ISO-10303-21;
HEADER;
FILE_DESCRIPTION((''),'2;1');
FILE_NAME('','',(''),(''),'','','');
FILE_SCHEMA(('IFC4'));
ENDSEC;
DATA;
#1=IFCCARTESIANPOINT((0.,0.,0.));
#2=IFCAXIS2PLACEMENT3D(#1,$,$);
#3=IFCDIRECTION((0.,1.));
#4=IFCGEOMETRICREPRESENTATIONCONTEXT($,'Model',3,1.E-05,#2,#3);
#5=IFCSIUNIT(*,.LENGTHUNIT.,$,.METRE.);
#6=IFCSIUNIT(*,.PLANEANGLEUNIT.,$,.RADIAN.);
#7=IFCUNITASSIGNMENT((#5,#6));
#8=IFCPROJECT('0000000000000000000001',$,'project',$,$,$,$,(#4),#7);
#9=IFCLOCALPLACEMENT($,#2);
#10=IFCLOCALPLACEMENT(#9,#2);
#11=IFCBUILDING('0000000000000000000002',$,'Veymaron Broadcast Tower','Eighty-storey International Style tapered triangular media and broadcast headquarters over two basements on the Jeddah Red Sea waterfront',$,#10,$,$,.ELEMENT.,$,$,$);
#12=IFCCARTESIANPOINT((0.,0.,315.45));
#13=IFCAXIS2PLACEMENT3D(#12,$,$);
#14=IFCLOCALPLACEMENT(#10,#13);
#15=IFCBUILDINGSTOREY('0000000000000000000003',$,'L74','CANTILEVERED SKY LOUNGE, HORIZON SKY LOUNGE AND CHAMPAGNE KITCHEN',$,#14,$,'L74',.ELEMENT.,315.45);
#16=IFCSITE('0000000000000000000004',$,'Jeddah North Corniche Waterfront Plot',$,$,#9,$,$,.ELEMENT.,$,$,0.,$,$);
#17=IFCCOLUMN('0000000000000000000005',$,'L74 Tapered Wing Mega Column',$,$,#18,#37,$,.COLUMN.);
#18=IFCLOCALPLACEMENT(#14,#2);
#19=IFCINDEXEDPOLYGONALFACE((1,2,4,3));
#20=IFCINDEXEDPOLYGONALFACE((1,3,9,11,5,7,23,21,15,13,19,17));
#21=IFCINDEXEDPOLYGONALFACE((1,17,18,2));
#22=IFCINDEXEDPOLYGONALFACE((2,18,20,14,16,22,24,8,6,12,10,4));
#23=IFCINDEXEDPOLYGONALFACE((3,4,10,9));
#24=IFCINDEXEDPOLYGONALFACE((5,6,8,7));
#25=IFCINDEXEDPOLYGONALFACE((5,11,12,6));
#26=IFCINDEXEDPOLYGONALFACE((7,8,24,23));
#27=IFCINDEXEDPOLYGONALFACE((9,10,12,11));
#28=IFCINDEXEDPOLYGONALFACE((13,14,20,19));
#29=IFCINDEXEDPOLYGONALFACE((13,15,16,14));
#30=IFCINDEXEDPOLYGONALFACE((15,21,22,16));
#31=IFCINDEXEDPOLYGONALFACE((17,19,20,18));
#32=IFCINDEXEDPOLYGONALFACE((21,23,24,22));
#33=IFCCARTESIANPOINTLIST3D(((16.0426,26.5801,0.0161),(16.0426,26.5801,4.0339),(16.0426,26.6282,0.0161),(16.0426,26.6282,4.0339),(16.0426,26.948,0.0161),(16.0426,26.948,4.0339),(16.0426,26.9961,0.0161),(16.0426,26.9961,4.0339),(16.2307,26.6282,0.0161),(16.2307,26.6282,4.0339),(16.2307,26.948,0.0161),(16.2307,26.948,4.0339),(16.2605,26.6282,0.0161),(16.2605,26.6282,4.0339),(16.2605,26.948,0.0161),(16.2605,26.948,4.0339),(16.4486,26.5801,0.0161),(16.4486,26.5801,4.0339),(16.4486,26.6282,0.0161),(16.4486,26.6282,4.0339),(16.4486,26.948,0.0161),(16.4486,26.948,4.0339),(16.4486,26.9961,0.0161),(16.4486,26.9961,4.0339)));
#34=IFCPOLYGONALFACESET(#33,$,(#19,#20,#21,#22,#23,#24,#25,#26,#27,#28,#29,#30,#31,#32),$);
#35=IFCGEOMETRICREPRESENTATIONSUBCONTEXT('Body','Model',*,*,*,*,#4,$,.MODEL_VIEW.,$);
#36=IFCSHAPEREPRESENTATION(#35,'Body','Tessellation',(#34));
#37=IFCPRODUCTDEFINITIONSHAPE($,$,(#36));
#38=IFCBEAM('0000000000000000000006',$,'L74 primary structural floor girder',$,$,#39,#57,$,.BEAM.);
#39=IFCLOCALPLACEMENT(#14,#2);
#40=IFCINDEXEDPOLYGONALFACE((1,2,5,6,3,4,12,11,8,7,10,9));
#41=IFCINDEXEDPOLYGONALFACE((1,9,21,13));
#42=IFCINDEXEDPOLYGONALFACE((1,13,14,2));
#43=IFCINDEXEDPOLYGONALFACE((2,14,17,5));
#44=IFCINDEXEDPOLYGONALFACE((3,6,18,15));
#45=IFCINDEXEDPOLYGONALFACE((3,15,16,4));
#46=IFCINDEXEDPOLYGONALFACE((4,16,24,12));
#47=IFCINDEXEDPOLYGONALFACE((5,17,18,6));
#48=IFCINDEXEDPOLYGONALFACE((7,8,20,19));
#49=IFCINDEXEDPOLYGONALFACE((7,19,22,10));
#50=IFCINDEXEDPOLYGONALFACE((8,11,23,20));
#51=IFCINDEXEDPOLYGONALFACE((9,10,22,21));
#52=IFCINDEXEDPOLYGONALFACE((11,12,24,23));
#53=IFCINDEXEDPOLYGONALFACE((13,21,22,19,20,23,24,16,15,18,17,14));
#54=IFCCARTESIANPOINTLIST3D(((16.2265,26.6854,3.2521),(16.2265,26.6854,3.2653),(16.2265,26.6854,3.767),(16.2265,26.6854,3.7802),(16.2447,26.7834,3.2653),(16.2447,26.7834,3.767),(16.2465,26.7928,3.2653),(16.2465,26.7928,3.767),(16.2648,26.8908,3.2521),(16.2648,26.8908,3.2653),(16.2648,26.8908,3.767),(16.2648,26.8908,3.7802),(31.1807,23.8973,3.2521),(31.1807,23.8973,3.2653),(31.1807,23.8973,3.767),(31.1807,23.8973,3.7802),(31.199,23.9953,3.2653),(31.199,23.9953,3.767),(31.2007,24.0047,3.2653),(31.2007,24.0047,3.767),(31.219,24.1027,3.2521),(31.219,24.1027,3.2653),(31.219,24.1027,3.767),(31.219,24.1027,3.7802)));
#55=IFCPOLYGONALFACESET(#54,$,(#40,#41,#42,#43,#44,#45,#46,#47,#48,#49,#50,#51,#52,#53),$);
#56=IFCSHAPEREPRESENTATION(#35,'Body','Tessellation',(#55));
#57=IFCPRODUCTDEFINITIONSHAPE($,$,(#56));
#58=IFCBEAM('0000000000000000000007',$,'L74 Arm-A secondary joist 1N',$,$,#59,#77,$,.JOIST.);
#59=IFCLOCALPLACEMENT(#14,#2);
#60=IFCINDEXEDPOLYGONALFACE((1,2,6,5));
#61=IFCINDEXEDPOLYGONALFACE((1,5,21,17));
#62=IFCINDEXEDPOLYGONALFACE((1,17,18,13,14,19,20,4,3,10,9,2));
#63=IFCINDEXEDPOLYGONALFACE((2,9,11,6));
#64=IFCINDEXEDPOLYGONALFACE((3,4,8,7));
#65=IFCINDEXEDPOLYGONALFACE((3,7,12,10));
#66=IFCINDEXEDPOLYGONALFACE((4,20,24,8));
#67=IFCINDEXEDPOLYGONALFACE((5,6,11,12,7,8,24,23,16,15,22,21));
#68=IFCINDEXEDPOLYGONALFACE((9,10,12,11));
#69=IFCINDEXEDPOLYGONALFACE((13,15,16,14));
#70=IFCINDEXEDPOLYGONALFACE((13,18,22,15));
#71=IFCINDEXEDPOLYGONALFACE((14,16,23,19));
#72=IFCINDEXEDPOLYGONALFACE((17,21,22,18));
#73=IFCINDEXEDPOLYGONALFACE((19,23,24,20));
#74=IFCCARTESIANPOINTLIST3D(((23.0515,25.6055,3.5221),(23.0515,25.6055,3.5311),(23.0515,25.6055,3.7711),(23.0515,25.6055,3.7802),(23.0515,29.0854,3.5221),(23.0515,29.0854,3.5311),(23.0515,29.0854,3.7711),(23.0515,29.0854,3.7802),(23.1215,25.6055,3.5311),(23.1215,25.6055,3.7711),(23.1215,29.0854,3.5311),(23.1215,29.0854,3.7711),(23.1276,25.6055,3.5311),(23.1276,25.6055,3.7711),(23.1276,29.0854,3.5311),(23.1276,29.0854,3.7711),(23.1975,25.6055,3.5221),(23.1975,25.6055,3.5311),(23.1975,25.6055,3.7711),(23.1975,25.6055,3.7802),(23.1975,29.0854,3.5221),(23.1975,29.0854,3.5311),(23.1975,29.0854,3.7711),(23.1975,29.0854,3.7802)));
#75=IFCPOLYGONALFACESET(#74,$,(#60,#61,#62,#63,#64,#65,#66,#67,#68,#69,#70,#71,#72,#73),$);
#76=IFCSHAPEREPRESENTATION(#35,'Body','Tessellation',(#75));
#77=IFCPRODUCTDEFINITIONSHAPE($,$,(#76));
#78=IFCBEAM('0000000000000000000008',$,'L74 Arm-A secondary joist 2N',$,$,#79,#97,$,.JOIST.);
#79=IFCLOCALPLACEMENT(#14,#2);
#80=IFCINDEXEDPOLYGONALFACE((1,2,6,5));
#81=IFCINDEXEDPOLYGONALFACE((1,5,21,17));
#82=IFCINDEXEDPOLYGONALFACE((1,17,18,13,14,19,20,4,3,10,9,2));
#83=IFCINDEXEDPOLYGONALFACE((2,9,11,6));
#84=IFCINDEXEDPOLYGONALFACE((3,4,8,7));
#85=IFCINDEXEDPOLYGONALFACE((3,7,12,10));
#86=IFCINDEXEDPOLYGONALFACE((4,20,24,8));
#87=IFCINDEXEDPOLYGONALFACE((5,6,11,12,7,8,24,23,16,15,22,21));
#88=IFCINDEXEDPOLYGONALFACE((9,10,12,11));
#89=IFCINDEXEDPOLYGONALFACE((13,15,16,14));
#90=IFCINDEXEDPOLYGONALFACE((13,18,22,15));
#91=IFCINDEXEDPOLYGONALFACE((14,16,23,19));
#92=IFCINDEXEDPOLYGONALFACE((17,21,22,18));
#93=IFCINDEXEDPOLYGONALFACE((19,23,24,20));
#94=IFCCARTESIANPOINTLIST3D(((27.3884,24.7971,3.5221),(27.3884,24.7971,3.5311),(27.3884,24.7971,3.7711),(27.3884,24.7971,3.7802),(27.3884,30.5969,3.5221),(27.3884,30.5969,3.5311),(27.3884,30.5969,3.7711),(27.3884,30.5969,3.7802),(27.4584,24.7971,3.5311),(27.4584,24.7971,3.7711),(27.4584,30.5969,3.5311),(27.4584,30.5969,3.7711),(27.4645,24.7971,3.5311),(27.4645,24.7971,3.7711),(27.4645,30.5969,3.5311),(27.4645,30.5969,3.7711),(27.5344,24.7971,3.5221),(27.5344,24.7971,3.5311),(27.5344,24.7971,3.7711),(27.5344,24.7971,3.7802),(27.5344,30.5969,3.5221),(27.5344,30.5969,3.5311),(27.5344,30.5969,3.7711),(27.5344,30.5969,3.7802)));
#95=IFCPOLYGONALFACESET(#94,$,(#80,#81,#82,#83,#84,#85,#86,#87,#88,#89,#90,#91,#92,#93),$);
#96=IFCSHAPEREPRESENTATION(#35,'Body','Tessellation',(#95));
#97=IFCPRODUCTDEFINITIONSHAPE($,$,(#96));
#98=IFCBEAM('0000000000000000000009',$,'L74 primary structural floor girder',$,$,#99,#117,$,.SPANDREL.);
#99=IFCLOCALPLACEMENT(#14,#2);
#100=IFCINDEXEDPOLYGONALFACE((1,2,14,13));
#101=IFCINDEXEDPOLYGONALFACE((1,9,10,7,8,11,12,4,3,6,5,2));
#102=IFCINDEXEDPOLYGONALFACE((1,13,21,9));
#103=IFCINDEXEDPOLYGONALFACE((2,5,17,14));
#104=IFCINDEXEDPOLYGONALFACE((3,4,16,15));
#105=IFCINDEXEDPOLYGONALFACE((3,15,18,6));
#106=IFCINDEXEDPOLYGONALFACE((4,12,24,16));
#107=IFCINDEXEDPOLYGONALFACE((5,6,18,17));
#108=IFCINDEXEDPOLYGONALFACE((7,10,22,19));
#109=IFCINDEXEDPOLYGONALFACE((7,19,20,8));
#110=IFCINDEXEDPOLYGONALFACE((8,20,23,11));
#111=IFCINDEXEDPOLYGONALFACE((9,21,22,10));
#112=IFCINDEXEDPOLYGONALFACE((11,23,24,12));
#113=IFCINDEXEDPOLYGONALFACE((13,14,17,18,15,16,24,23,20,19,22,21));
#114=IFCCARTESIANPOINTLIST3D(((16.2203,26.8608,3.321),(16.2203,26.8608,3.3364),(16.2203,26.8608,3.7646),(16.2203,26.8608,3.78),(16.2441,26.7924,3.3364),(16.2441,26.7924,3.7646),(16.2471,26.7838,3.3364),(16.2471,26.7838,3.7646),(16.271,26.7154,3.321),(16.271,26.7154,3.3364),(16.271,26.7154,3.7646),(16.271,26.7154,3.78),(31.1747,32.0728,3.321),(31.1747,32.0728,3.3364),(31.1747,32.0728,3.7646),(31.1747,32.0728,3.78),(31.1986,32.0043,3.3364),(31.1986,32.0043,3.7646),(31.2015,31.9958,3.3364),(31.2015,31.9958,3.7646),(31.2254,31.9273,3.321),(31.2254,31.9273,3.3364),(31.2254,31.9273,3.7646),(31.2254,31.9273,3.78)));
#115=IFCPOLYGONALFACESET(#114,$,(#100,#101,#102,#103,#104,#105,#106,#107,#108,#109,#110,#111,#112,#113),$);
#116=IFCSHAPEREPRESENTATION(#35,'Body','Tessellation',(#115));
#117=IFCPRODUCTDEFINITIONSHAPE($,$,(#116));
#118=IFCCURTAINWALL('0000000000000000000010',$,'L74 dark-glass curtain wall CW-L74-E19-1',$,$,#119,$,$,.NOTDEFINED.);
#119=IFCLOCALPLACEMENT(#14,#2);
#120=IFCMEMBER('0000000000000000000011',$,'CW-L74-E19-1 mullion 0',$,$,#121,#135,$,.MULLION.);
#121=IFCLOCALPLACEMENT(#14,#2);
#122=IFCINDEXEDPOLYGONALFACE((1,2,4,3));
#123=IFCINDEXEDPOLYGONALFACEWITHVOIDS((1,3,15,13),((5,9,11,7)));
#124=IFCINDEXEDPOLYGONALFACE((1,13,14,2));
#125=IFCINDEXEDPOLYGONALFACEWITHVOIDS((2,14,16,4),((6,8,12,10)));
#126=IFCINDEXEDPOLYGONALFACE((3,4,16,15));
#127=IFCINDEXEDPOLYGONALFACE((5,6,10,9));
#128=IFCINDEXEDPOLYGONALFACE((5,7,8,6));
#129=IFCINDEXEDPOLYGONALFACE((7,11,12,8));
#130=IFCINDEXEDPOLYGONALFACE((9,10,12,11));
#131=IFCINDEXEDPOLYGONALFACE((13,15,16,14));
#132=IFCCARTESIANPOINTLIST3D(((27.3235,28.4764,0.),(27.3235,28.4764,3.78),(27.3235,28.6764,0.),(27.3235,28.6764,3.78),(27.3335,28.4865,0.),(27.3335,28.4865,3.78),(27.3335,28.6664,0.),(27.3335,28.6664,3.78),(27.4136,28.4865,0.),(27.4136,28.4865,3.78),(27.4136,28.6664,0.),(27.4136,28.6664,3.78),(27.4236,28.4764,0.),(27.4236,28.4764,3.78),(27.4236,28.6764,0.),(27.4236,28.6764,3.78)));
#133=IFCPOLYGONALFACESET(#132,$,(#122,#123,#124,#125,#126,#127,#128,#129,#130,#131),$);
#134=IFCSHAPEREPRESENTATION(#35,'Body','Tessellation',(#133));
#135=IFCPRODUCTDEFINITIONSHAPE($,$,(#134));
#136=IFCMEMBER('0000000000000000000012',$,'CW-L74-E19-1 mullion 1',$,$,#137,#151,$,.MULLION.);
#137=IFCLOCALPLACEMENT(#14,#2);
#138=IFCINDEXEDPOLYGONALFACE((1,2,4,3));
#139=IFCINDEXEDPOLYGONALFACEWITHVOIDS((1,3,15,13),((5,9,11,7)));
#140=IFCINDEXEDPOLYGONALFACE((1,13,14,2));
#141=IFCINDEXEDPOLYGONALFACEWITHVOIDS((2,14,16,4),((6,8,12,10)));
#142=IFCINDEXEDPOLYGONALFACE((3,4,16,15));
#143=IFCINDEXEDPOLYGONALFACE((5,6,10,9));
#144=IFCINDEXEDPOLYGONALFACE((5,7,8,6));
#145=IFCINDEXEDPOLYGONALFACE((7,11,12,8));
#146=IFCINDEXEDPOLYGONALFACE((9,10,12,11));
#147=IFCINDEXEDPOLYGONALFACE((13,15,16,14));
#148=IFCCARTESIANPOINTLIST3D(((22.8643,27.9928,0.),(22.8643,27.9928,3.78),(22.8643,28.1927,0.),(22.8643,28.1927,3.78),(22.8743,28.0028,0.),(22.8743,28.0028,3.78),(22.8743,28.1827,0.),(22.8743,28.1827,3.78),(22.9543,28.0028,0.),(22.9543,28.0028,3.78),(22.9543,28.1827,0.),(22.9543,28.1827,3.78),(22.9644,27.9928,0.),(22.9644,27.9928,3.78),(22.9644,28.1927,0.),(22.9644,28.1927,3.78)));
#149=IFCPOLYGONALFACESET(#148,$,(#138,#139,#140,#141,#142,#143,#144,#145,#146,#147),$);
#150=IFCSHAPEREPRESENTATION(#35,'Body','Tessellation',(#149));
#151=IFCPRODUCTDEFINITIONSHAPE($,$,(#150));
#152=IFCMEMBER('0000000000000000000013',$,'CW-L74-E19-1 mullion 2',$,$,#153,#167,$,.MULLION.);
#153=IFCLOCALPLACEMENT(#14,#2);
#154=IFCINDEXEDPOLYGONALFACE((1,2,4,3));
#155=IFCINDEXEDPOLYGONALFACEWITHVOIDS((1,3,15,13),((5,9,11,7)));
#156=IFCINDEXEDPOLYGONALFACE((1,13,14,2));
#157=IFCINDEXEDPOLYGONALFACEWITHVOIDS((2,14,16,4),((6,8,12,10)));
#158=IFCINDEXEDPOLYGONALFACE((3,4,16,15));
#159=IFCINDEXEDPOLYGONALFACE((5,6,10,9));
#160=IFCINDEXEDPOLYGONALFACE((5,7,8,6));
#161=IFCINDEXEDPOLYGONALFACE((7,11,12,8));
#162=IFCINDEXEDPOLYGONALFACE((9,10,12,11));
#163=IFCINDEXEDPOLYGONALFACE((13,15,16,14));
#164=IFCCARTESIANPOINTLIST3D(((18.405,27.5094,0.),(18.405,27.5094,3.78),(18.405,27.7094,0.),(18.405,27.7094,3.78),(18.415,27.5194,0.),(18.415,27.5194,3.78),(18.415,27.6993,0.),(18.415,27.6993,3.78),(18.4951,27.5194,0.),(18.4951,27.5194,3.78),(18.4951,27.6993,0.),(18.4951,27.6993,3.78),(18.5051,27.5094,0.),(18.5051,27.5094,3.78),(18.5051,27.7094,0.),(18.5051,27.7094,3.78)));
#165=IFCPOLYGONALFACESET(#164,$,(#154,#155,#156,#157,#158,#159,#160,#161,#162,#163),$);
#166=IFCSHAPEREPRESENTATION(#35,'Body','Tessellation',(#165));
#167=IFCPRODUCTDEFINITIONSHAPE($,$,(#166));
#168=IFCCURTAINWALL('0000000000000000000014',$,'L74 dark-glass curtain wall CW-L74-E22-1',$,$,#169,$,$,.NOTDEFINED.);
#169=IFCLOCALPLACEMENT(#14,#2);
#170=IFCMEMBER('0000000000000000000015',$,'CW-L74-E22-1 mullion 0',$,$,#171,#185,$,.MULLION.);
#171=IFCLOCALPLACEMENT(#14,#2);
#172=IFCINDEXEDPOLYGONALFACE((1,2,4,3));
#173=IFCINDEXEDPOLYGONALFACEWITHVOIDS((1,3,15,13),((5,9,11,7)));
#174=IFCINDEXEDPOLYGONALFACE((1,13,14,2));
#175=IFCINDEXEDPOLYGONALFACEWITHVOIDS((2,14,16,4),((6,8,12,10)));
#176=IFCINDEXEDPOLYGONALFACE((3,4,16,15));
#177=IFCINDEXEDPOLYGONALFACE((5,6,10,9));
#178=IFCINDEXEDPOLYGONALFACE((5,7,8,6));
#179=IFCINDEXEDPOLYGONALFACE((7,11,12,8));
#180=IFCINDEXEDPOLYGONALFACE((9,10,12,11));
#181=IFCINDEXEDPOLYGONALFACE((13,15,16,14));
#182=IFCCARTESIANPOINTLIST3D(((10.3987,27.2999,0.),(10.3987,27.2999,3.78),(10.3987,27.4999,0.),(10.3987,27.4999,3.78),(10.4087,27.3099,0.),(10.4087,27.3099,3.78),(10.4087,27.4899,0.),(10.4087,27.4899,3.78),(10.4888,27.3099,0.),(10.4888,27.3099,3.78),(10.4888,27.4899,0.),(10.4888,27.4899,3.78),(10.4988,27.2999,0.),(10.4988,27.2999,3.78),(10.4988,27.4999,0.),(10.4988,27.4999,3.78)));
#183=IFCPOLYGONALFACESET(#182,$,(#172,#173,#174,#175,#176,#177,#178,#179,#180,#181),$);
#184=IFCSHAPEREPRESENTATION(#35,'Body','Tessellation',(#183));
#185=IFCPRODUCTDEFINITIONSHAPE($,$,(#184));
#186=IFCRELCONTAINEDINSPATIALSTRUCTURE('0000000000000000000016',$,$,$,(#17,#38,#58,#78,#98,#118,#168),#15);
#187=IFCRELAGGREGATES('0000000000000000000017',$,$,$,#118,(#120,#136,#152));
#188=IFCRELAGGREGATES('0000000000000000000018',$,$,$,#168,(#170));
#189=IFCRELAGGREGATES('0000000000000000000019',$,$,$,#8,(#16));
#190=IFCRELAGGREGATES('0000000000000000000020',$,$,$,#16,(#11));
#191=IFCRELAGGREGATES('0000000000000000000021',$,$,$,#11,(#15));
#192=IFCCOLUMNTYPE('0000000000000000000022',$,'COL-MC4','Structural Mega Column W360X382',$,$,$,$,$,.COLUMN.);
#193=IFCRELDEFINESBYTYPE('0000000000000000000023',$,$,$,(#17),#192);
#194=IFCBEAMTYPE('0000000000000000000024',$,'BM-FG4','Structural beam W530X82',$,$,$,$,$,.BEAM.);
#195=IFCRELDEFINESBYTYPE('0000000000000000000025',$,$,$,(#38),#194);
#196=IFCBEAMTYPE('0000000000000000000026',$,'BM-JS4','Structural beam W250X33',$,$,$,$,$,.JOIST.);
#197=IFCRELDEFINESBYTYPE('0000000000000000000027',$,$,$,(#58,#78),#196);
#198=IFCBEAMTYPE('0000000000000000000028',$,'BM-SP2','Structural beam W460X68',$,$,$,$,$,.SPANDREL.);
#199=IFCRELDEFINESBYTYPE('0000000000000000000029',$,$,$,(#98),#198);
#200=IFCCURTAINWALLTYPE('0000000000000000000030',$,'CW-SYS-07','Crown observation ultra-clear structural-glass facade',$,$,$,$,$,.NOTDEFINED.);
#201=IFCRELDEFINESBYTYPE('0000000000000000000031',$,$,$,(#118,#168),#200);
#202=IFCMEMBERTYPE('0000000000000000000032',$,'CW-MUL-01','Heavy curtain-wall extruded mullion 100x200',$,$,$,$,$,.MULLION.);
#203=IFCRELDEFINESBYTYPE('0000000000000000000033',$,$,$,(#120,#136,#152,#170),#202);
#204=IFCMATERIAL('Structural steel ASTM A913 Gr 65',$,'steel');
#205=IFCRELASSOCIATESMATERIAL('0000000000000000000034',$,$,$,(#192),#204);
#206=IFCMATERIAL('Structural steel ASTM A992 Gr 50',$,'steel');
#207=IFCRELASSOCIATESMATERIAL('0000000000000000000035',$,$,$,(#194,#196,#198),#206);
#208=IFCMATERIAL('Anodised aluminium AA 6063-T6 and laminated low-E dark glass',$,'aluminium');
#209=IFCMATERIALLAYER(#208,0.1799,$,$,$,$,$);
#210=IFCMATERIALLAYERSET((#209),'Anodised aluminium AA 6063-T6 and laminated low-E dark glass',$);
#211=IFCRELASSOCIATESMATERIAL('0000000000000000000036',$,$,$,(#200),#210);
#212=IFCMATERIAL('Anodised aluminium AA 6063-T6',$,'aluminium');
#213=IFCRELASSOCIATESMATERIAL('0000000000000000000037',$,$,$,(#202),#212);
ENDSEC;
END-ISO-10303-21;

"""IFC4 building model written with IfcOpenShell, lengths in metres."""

from ifc_helpers import new_model, si_unit, direction, frame, origin, origin_2d, place, context, subcontext, project, spatial, hollow_rectangle, i_section, extrude, material, layer, layer_set, material_profile, profile_set, type_object, element, aggregate, save


model = new_model("IFC4")

# Units and contexts
model_context = context("Model", 3, precision=1e-05, world=origin(), true_north=direction((0.0, 1.0)))
body_context = subcontext(model_context, "Body", "Model", "MODEL_VIEW")
ifc_project = project(units=[si_unit("LENGTHUNIT", "METRE"), si_unit("PLANEANGLEUNIT", "RADIAN")], contexts=[model_context])

# Site, building, storey
site_placement = place(None, origin())
site = spatial("IfcSite", under=ifc_project, at=site_placement, Name="Jeddah North Corniche Waterfront Plot", CompositionType="ELEMENT", RefElevation=0.0)
building_placement = place(site_placement, origin())
building = spatial("IfcBuilding", under=site, at=building_placement, Name="Veymaron Broadcast Tower", Description="Eighty-storey International Style tapered triangular media and broadcast headquarters over two basements on the Jeddah Red Sea waterfront", CompositionType="ELEMENT")
storey_placement = place(building_placement, frame((0.0, 0.0, 315.45)))
storey = spatial("IfcBuildingStorey", under=building, at=storey_placement, Name="L74", Description="CANTILEVERED SKY LOUNGE, HORIZON SKY LOUNGE AND CHAMPAGNE KITCHEN", LongName="L74", CompositionType="ELEMENT", Elevation=315.45)

# Column
ifc_material_1 = material(Name="Structural steel ASTM A913 Gr 65", Category="steel")
ifc_material_profile_1 = material_profile(ifc_material_1, i_section(OverallWidth=0.406, OverallDepth=0.416, WebThickness=0.0298, FlangeThickness=0.0481, at=origin_2d()), Name="W360X382")
ifc_profile_set_1 = profile_set([ifc_material_profile_1], Name="Structural steel ASTM A913 Gr 65")
column_type = type_object("IfcColumnType", Name="COL-MC4", Description="Structural Mega Column W360X382", PredefinedType="COLUMN", material=ifc_profile_set_1)
column_placement = place(storey_placement, frame((16.2456, 26.7881, 0.0161), z_axis=(0.0, 0.0, 1.0), x_axis=(1.0, 0.0, 0.0)))
element("IfcColumn", 1, at=column_placement, inside=storey, type_object=column_type, Name="L74 Tapered Wing Mega Column", PredefinedType="COLUMN", context=body_context, shape_type="SweptSolid", body=[
    extrude(i_section(OverallWidth=0.406, OverallDepth=0.416, WebThickness=0.0298, FlangeThickness=0.0481, at=origin_2d()), origin(), (0.0, 0.0, 1.0), 4.0178),
])

# Beams
ifc_material_2 = material(Name="Structural steel ASTM A992 Gr 50", Category="steel")
ifc_material_profile_2 = material_profile(ifc_material_2, i_section(OverallWidth=0.209, OverallDepth=0.5281, WebThickness=0.0095, FlangeThickness=0.0132, at=origin_2d()), Name="W530X82")
ifc_profile_set_2 = profile_set([ifc_material_profile_2], Name="Structural steel ASTM A992 Gr 50")
beam_type_1 = type_object("IfcBeamType", Name="BM-FG4", Description="Structural beam W530X82", PredefinedType="BEAM", material=ifc_profile_set_2)
beam_1_placement = place(storey_placement, frame((16.2456, 26.7881, 3.5161), z_axis=(0.98306, -0.183282, 0.0), x_axis=(0.183282, 0.98306, 0.0)))
element("IfcBeam", 2, at=beam_1_placement, inside=storey, type_object=beam_type_1, Name="L74 primary structural floor girder", PredefinedType="BEAM", context=body_context, shape_type="SweptSolid", body=[
    extrude(i_section(OverallWidth=0.209, OverallDepth=0.5281, WebThickness=0.0095, FlangeThickness=0.0132, at=origin_2d()), origin(), (0.0, 0.0, 1.0), 15.2119),
])
ifc_material_profile_3 = material_profile(ifc_material_2, i_section(OverallWidth=0.146, OverallDepth=0.2581, WebThickness=0.0061, FlangeThickness=0.009, at=origin_2d()), Name="W250X33")
ifc_profile_set_3 = profile_set([ifc_material_profile_3], Name="Structural steel ASTM A992 Gr 50")
beam_type_2 = type_object("IfcBeamType", Name="BM-JS4", Description="Structural beam W250X33", PredefinedType="JOIST", material=ifc_profile_set_3)
beam_2_placement = place(storey_placement, frame((23.1245, 25.6055, 3.6511), z_axis=(0.0, 1.0, 0.0), x_axis=(-1.0, 0.0, 0.0)))
element("IfcBeam", 3, at=beam_2_placement, inside=storey, type_object=beam_type_2, Name="L74 Arm-A secondary joist 1N", PredefinedType="JOIST", context=body_context, shape_type="SweptSolid", body=[
    extrude(i_section(OverallWidth=0.146, OverallDepth=0.2581, WebThickness=0.0061, FlangeThickness=0.009, at=origin_2d()), origin(), (0.0, 0.0, 1.0), 3.48),
])
beam_3_placement = place(storey_placement, frame((27.4614, 24.7971, 3.6511), z_axis=(0.0, 1.0, 0.0), x_axis=(-1.0, 0.0, 0.0)))
element("IfcBeam", 4, at=beam_3_placement, inside=storey, type_object=beam_type_2, Name="L74 Arm-A secondary joist 2N", PredefinedType="JOIST", context=body_context, shape_type="SweptSolid", body=[
    extrude(i_section(OverallWidth=0.146, OverallDepth=0.2581, WebThickness=0.0061, FlangeThickness=0.009, at=origin_2d()), origin(), (0.0, 0.0, 1.0), 5.7998),
])
ifc_material_profile_4 = material_profile(ifc_material_2, i_section(OverallWidth=0.1541, OverallDepth=0.459, WebThickness=0.009, FlangeThickness=0.0154, at=origin_2d()), Name="W460X68")
ifc_profile_set_4 = profile_set([ifc_material_profile_4], Name="Structural steel ASTM A992 Gr 50")
beam_type_3 = type_object("IfcBeamType", Name="BM-SP2", Description="Structural beam W460X68", PredefinedType="SPANDREL", material=ifc_profile_set_4)
beam_4_placement = place(storey_placement, frame((16.2456, 26.7881, 3.5505), z_axis=(0.944293, 0.329107, 0.0), x_axis=(-0.329107, 0.944293, 0.0)))
element("IfcBeam", 5, at=beam_4_placement, inside=storey, type_object=beam_type_3, Name="L74 primary structural floor girder", PredefinedType="SPANDREL", context=body_context, shape_type="SweptSolid", body=[
    extrude(i_section(OverallWidth=0.1541, OverallDepth=0.459, WebThickness=0.009, FlangeThickness=0.0154, at=origin_2d()), origin(), (0.0, 0.0, 1.0), 15.8367),
])

# Curtain walls, members
ifc_material_3 = material(Name="Anodised aluminium AA 6063-T6 and laminated low-E dark glass", Category="aluminium")
ifc_layer_1 = layer(ifc_material_3, 0.1799)
ifc_layer_set_1 = layer_set([ifc_layer_1], Name="Anodised aluminium AA 6063-T6 and laminated low-E dark glass")
curtain_wall_type = type_object("IfcCurtainWallType", Name="CW-SYS-07", Description="Crown observation ultra-clear structural-glass facade", PredefinedType="NOTDEFINED", material=ifc_layer_set_1)
curtain_wall_1_placement = place(storey_placement, origin())
curtain_wall_1 = element("IfcCurtainWall", 6, at=curtain_wall_1_placement, inside=storey, type_object=curtain_wall_type, Name="L74 dark-glass curtain wall CW-L74-E19-1", PredefinedType="NOTDEFINED")
ifc_material_4 = material(Name="Anodised aluminium AA 6063-T6", Category="aluminium")
ifc_material_profile_5 = material_profile(ifc_material_4, hollow_rectangle(XDim=0.1001, YDim=0.2, WallThickness=0.01, at=origin_2d()), Name="RHS200X100X10")
ifc_profile_set_5 = profile_set([ifc_material_profile_5], Name="Anodised aluminium AA 6063-T6")
member_type_1 = type_object("IfcMemberType", Name="CW-MUL-01", Description="Heavy curtain-wall extruded mullion 100x200", PredefinedType="MULLION", material=ifc_profile_set_5)
member_1_placement = place(storey_placement, frame((27.3735, 28.5764, 0.0), z_axis=(0.0, 0.0, 1.0), x_axis=(1.0, 0.0, 0.0)))
member_1 = element("IfcMember", 7, at=member_1_placement, type_object=member_type_1, Name="CW-L74-E19-1 mullion 0", PredefinedType="MULLION", context=body_context, shape_type="SweptSolid", body=[
    extrude(hollow_rectangle(XDim=0.1001, YDim=0.2, WallThickness=0.01, at=origin_2d()), origin(), (0.0, 0.0, 1.0), 3.78),
])
member_2_placement = place(storey_placement, frame((22.9143, 28.0928, 0.0), z_axis=(0.0, 0.0, 1.0), x_axis=(1.0, 0.0, 0.0)))
member_2 = element("IfcMember", 8, at=member_2_placement, type_object=member_type_1, Name="CW-L74-E19-1 mullion 1", PredefinedType="MULLION", context=body_context, shape_type="SweptSolid", body=[
    extrude(hollow_rectangle(XDim=0.1001, YDim=0.2, WallThickness=0.01, at=origin_2d()), origin(), (0.0, 0.0, 1.0), 3.78),
])
member_3_placement = place(storey_placement, frame((18.4551, 27.6094, 0.0), z_axis=(0.0, 0.0, 1.0), x_axis=(1.0, 0.0, 0.0)))
member_3 = element("IfcMember", 9, at=member_3_placement, type_object=member_type_1, Name="CW-L74-E19-1 mullion 2", PredefinedType="MULLION", context=body_context, shape_type="SweptSolid", body=[
    extrude(hollow_rectangle(XDim=0.1001, YDim=0.2, WallThickness=0.01, at=origin_2d()), origin(), (0.0, 0.0, 1.0), 3.78),
])
curtain_wall_2_placement = place(storey_placement, origin())
curtain_wall_2 = element("IfcCurtainWall", 10, at=curtain_wall_2_placement, inside=storey, type_object=curtain_wall_type, Name="L74 dark-glass curtain wall CW-L74-E22-1", PredefinedType="NOTDEFINED")
member_4_placement = place(storey_placement, frame((10.4487, 27.3999, 0.0), z_axis=(0.0, 0.0, 1.0), x_axis=(1.0, 0.0, 0.0)))
member_4 = element("IfcMember", 11, at=member_4_placement, type_object=member_type_1, Name="CW-L74-E22-1 mullion 0", PredefinedType="MULLION", context=body_context, shape_type="SweptSolid", body=[
    extrude(hollow_rectangle(XDim=0.1001, YDim=0.2, WallThickness=0.01, at=origin_2d()), origin(), (0.0, 0.0, 1.0), 3.78),
])

aggregate(curtain_wall_1, [member_1, member_2, member_3])
aggregate(curtain_wall_2, [member_4])

save(model, "model.ifc")
